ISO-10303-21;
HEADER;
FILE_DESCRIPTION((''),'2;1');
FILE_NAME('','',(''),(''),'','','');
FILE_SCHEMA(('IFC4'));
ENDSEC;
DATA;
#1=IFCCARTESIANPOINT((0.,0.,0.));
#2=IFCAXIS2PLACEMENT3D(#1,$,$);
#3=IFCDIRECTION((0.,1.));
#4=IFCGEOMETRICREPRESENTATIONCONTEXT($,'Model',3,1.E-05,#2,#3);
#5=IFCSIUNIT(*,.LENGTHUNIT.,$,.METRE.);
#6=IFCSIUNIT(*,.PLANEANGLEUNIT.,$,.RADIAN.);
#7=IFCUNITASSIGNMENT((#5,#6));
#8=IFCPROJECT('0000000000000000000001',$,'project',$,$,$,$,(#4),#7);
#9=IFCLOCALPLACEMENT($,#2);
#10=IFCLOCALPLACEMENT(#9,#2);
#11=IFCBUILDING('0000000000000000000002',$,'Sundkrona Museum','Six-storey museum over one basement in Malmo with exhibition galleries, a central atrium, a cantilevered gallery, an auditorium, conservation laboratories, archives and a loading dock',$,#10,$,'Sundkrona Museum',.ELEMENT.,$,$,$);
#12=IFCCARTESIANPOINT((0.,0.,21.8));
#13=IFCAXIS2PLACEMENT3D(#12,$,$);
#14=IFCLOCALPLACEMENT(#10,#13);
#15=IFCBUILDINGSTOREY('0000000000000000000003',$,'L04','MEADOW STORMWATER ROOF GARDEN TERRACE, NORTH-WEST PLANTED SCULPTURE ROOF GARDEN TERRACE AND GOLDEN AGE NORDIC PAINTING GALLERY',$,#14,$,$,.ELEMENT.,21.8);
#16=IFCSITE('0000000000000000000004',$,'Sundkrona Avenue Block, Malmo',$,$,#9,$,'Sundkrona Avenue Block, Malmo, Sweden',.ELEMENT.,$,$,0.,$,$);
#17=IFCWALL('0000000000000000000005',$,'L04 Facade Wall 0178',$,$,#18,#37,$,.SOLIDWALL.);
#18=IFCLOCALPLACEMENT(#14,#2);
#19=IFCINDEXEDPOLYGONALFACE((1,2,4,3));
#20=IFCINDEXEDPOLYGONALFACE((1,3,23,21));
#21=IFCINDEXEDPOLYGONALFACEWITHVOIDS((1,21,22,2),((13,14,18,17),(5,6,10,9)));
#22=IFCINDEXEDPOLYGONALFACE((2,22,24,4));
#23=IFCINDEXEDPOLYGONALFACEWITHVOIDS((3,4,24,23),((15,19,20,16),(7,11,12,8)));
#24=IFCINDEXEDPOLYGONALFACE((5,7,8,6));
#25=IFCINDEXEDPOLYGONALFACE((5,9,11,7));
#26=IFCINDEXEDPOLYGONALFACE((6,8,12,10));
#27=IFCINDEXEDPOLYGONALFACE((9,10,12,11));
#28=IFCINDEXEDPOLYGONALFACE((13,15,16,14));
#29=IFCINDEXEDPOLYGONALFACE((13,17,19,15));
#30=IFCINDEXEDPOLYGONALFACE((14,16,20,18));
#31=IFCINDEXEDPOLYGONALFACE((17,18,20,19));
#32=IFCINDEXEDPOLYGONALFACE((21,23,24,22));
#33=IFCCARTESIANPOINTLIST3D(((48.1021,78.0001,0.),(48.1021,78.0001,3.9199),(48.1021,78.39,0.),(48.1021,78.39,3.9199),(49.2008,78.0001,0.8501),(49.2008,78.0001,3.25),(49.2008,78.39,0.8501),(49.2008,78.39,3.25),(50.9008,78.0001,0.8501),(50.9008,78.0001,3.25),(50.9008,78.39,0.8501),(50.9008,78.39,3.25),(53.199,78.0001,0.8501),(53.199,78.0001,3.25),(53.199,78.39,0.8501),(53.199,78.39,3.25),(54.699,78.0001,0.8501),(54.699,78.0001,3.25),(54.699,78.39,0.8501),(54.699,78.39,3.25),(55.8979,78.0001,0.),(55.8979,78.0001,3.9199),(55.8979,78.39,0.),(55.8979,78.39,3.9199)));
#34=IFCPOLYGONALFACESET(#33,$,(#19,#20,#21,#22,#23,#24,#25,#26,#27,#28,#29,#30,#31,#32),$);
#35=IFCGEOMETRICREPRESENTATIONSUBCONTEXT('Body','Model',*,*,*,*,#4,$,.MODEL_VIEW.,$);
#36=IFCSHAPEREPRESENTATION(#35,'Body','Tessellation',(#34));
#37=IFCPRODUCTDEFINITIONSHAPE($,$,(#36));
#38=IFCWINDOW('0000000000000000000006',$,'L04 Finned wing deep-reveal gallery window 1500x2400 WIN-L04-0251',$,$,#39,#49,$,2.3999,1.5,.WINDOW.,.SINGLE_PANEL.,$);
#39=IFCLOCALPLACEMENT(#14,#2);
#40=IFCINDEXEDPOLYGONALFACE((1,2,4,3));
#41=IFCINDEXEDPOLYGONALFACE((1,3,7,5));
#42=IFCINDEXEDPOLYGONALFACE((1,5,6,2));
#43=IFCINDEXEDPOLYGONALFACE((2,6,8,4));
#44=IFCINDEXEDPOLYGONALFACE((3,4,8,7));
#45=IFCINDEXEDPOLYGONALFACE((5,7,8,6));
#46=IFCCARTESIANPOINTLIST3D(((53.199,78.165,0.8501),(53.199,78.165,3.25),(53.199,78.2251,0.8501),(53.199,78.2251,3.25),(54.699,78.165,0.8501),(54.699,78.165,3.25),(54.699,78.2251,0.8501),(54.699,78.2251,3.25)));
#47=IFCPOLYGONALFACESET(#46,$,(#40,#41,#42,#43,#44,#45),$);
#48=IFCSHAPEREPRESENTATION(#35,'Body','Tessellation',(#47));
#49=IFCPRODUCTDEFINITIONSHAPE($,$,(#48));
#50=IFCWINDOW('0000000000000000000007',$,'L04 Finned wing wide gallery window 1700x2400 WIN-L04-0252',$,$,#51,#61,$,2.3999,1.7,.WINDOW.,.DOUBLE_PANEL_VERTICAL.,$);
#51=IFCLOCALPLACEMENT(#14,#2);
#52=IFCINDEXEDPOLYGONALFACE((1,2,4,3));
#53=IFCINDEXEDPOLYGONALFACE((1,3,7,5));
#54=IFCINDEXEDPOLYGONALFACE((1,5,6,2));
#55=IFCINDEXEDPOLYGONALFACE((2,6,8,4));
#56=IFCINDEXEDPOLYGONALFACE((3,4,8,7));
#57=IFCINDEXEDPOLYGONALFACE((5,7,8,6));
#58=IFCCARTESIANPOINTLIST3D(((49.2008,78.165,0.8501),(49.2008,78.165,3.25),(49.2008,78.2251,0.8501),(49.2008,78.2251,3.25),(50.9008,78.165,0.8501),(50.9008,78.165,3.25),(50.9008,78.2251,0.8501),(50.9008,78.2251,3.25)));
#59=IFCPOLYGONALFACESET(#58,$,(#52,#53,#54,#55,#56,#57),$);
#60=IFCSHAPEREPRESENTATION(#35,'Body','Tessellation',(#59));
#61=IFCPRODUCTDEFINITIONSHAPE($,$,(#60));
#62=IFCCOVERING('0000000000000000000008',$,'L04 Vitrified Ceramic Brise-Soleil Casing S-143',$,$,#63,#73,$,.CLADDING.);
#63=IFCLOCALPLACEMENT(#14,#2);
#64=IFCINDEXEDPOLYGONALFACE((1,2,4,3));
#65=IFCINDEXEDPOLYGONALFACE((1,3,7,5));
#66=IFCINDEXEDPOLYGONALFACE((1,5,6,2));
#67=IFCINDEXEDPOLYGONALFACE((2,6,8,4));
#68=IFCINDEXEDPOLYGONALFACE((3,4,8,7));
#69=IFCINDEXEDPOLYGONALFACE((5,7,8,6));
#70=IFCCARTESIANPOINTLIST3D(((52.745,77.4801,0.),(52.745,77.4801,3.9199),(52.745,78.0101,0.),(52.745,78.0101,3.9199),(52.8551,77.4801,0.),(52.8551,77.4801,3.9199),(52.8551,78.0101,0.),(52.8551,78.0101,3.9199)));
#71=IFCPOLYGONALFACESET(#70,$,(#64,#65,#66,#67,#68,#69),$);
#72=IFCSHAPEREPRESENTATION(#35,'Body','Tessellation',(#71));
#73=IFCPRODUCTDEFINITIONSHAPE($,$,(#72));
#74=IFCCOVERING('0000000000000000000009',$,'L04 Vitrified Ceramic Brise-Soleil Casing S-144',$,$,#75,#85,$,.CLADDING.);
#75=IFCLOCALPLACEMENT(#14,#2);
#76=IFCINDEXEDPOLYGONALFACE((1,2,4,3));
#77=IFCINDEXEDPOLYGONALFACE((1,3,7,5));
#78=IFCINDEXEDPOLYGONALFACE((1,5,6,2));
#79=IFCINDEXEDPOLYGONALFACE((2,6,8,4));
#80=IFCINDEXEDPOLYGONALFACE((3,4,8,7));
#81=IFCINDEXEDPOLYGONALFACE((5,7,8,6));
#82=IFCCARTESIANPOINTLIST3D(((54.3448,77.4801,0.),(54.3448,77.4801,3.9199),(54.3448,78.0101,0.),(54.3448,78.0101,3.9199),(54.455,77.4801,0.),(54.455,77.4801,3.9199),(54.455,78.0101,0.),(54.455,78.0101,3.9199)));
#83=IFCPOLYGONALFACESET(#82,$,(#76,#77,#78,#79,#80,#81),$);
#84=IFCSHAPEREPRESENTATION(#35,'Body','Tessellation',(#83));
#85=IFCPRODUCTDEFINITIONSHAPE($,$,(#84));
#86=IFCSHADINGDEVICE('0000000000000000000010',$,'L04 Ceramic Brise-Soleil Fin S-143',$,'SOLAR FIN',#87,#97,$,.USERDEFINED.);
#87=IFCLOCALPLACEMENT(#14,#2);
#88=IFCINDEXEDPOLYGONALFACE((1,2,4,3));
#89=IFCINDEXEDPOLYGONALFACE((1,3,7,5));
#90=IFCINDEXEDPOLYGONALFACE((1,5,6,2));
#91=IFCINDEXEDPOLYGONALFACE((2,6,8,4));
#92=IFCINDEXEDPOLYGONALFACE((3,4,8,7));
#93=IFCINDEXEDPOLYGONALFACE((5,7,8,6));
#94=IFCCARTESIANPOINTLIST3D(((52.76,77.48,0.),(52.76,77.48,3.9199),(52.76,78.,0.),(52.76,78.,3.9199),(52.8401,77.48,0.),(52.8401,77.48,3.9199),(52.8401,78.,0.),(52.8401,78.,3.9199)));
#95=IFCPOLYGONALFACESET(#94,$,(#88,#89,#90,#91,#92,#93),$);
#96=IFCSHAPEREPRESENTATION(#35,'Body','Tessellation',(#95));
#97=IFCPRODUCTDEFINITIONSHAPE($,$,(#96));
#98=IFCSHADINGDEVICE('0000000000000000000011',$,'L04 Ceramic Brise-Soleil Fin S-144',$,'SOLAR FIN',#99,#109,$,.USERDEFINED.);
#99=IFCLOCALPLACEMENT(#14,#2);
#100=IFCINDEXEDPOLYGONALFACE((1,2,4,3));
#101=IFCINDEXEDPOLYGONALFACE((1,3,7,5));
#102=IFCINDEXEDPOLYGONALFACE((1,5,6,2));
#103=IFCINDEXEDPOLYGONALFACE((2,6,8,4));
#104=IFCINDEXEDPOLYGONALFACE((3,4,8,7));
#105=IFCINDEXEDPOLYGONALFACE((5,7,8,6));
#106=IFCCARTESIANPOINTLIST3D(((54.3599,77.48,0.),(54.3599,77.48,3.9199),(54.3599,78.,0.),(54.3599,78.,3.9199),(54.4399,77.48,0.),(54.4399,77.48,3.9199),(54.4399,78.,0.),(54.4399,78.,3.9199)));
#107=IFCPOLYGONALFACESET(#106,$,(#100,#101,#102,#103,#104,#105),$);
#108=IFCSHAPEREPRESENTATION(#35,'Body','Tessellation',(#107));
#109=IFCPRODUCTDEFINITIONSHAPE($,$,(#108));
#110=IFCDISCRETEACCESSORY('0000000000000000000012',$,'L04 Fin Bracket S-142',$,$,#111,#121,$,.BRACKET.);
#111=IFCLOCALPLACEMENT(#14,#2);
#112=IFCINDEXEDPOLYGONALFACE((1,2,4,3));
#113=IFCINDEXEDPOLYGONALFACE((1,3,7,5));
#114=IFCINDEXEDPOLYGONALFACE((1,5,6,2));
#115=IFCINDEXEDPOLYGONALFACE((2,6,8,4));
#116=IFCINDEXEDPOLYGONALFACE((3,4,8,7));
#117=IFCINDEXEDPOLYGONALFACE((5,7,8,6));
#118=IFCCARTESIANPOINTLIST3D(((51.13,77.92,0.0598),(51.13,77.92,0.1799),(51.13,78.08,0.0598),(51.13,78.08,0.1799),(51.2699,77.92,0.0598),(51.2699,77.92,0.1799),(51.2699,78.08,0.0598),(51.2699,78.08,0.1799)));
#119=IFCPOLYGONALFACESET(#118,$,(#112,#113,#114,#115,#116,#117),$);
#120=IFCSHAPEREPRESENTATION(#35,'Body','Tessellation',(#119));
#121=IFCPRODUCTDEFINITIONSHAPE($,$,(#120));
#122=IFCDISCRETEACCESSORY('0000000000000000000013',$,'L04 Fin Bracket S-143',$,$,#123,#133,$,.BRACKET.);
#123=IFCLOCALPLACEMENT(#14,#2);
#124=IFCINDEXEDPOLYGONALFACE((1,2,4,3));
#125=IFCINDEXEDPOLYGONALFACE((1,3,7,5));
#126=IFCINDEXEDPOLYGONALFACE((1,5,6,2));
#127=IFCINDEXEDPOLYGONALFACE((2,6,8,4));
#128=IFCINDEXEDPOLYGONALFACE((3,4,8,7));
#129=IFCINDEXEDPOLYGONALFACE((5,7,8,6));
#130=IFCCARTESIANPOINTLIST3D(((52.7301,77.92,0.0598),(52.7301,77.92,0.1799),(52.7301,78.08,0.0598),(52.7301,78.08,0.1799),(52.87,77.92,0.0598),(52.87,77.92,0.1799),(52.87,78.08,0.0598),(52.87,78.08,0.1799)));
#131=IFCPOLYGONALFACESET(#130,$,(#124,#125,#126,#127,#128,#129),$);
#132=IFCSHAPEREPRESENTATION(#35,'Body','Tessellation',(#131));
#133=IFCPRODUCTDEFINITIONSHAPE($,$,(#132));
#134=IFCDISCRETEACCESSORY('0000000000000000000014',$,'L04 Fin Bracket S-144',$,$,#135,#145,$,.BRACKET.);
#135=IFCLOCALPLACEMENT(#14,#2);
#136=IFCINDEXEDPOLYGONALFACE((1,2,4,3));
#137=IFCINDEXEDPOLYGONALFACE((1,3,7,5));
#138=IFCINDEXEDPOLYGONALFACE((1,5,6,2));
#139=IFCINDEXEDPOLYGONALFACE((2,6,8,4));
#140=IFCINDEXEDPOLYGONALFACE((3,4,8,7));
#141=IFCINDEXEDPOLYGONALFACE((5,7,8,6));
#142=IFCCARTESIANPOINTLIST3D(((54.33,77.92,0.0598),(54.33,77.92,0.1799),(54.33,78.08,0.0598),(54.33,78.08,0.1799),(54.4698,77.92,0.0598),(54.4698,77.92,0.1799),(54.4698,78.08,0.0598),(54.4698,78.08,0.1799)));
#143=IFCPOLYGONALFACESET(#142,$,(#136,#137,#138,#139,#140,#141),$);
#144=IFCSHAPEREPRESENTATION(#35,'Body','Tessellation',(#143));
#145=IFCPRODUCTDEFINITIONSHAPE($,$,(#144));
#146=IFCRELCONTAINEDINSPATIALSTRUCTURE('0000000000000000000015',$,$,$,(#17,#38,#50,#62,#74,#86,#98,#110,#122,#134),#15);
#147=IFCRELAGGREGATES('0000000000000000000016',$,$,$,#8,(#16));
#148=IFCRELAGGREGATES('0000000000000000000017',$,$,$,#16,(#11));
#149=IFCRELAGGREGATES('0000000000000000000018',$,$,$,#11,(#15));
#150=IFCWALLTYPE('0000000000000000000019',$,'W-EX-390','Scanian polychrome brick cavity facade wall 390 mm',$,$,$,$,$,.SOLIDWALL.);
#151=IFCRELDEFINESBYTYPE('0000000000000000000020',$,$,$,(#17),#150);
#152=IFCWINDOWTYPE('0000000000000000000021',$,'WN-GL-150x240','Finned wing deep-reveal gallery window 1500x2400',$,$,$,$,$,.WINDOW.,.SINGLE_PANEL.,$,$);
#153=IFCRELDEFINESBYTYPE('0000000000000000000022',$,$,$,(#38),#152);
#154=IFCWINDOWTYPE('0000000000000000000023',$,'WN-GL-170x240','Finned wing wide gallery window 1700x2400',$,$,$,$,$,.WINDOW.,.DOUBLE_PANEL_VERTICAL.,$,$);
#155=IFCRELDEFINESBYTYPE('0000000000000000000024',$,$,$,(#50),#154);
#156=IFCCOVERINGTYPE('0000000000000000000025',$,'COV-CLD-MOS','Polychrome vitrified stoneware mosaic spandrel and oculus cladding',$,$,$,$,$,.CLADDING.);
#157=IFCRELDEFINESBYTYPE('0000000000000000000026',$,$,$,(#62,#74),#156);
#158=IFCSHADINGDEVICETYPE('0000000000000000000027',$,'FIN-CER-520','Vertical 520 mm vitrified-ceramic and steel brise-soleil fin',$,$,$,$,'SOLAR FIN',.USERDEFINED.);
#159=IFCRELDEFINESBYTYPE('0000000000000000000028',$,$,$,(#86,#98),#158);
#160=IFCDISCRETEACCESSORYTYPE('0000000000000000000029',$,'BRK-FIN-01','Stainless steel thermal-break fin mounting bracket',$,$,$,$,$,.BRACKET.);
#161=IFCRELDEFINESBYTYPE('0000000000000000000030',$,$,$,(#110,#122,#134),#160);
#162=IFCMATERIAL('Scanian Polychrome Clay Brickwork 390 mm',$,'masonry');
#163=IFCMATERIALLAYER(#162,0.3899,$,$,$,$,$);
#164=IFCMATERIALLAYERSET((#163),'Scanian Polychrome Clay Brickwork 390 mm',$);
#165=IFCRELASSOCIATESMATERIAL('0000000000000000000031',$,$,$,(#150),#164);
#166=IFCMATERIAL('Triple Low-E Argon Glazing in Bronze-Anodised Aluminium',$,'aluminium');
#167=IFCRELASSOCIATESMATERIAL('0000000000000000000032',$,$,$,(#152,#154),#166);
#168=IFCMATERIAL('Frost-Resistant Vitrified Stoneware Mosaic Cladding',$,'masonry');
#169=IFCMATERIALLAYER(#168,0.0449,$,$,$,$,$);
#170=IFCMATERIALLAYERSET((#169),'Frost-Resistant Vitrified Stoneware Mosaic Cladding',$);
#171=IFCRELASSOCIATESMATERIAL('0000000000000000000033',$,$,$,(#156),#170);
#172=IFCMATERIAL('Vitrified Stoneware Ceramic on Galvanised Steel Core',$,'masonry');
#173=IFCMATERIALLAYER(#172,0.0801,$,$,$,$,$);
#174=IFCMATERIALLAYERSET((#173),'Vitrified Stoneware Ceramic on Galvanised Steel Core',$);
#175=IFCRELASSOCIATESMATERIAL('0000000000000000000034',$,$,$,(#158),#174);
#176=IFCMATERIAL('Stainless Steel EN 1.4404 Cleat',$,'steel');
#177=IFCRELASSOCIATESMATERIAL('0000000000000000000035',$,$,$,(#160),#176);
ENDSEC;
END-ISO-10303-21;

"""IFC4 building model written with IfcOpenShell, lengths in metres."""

from ifc_helpers import new_model, si_unit, direction, frame, frame_2d, origin, origin_2d, place, context, subcontext, project, spatial, rectangle, extrude, material, layer, layer_set, type_object, element, fill, save


model = new_model("IFC4")

# Units and contexts
model_context = context("Model", 3, precision=1e-05, world=origin(), true_north=direction((0.0, 1.0)))
body_context = subcontext(model_context, "Body", "Model", "MODEL_VIEW")
ifc_project = project(units=[si_unit("LENGTHUNIT", "METRE"), si_unit("PLANEANGLEUNIT", "RADIAN")], contexts=[model_context])

# Site, building, storey
site_placement = place(None, origin())
site = spatial("IfcSite", under=ifc_project, at=site_placement, Name="Sundkrona Avenue Block, Malmo", LongName="Sundkrona Avenue Block, Malmo, Sweden", CompositionType="ELEMENT", RefElevation=0.0)
building_placement = place(site_placement, origin())
building = spatial("IfcBuilding", under=site, at=building_placement, Name="Sundkrona Museum", Description="Six-storey museum over one basement in Malmo with exhibition galleries, a central atrium, a cantilevered gallery, an auditorium, conservation laboratories, archives and a loading dock", LongName="Sundkrona Museum", CompositionType="ELEMENT")
storey_placement = place(building_placement, frame((0.0, 0.0, 21.8)))
storey = spatial("IfcBuildingStorey", under=building, at=storey_placement, Name="L04", Description="MEADOW STORMWATER ROOF GARDEN TERRACE, NORTH-WEST PLANTED SCULPTURE ROOF GARDEN TERRACE AND GOLDEN AGE NORDIC PAINTING GALLERY", CompositionType="ELEMENT", Elevation=21.8)

# Wall, openings, windows
ifc_material_1 = material(Name="Scanian Polychrome Clay Brickwork 390 mm", Category="masonry")
ifc_layer_1 = layer(ifc_material_1, 0.3899)
ifc_layer_set_1 = layer_set([ifc_layer_1], Name="Scanian Polychrome Clay Brickwork 390 mm")
wall_type = type_object("IfcWallType", Name="W-EX-390", Description="Scanian polychrome brick cavity facade wall 390 mm", PredefinedType="SOLIDWALL", material=ifc_layer_set_1)
wall_placement = place(storey_placement, frame((55.8979, 78.1951, 0.0), z_axis=(0.0, 0.0, 1.0), x_axis=(-1.0, 0.0, 0.0)))
wall = element("IfcWall", 1, at=wall_placement, inside=storey, type_object=wall_type, Name="L04 Facade Wall 0178", PredefinedType="SOLIDWALL", context=body_context, shape_type="SweptSolid", body=[
    extrude(rectangle(XDim=7.7959, YDim=0.3899, at=frame_2d((3.8979, 0.0))), origin(), (0.0, 0.0, 1.0), 3.9199),
])
opening_1_placement = place(wall_placement, frame((1.199, 0.0, 0.8501)))
opening_1 = element("IfcOpeningElement", 2, at=opening_1_placement, cuts=wall, PredefinedType="OPENING", context=body_context, shape_type="SweptSolid", body=[
    extrude(rectangle(XDim=1.5, YDim=2.3999, at=frame_2d((0.75, 1.2))), frame((0.0, 0.2048, 0.0), z_axis=(0.0, -1.0, 0.0), x_axis=(1.0, 0.0, 0.0)), (0.0, 0.0, 1.0), 0.4099),
])
opening_2_placement = place(wall_placement, frame((4.9971, 0.0, 0.8501)))
opening_2 = element("IfcOpeningElement", 3, at=opening_2_placement, cuts=wall, PredefinedType="OPENING", context=body_context, shape_type="SweptSolid", body=[
    extrude(rectangle(XDim=1.7, YDim=2.3999, at=frame_2d((0.8501, 1.2))), frame((0.0, 0.2048, 0.0), z_axis=(0.0, -1.0, 0.0), x_axis=(1.0, 0.0, 0.0)), (0.0, 0.0, 1.0), 0.4099),
])
ifc_material_2 = material(Name="Triple Low-E Argon Glazing in Bronze-Anodised Aluminium", Category="aluminium")
window_type_1 = type_object("IfcWindowType", Name="WN-GL-150x240", Description="Finned wing deep-reveal gallery window 1500x2400", PartitioningType="SINGLE_PANEL", PredefinedType="WINDOW", material=ifc_material_2)
window_1_placement = place(opening_1_placement, origin())
window_1 = element("IfcWindow", 4, at=window_1_placement, inside=storey, type_object=window_type_1, Name="L04 Finned wing deep-reveal gallery window 1500x2400 WIN-L04-0251", OverallHeight=2.3999, OverallWidth=1.5, PartitioningType="SINGLE_PANEL", PredefinedType="WINDOW", context=body_context, shape_type="SweptSolid", body=[
    extrude(rectangle(XDim=1.5, YDim=2.3999, at=frame_2d((0.75, 1.2))), frame((0.0, 0.03, 0.0), z_axis=(0.0, -1.0, 0.0), x_axis=(1.0, 0.0, 0.0)), (0.0, 0.0, 1.0), 0.0601),
])
fill(opening_1, window_1)
window_type_2 = type_object("IfcWindowType", Name="WN-GL-170x240", Description="Finned wing wide gallery window 1700x2400", PartitioningType="DOUBLE_PANEL_VERTICAL", PredefinedType="WINDOW", material=ifc_material_2)
window_2_placement = place(opening_2_placement, origin())
window_2 = element("IfcWindow", 5, at=window_2_placement, inside=storey, type_object=window_type_2, Name="L04 Finned wing wide gallery window 1700x2400 WIN-L04-0252", OverallHeight=2.3999, OverallWidth=1.7, PartitioningType="DOUBLE_PANEL_VERTICAL", PredefinedType="WINDOW", context=body_context, shape_type="SweptSolid", body=[
    extrude(rectangle(XDim=1.7, YDim=2.3999, at=frame_2d((0.8501, 1.2))), frame((0.0, 0.03, 0.0), z_axis=(0.0, -1.0, 0.0), x_axis=(1.0, 0.0, 0.0)), (0.0, 0.0, 1.0), 0.0601),
])
fill(opening_2, window_2)

# Coverings
ifc_material_3 = material(Name="Frost-Resistant Vitrified Stoneware Mosaic Cladding", Category="masonry")
ifc_layer_2 = layer(ifc_material_3, 0.0449)
ifc_layer_set_2 = layer_set([ifc_layer_2], Name="Frost-Resistant Vitrified Stoneware Mosaic Cladding")
covering_type = type_object("IfcCoveringType", Name="COV-CLD-MOS", Description="Polychrome vitrified stoneware mosaic spandrel and oculus cladding", PredefinedType="CLADDING", material=ifc_layer_set_2)
for number, where, z_axis, x_axis, name in (
    (6, (52.8, 77.7451, 0.0), (0.0, 0.0, 1.0), (1.0, 0.0, 0.0), "L04 Vitrified Ceramic Brise-Soleil Casing S-143"),
    (7, (54.3999, 77.7451, 0.0), (0.0, 0.0, 1.0), (1.0, 0.0, 0.0), "L04 Vitrified Ceramic Brise-Soleil Casing S-144"),
):
    element("IfcCovering", number, at=place(storey_placement, frame(where, z_axis=z_axis, x_axis=x_axis)), inside=storey, type_object=covering_type, Name=name, PredefinedType="CLADDING", context=body_context, shape_type="SweptSolid", body=[
        extrude(rectangle(XDim=0.1101, YDim=0.53, at=origin_2d()), origin(), (0.0, 0.0, 1.0), 3.9199),
    ])

# Shading devices
ifc_material_4 = material(Name="Vitrified Stoneware Ceramic on Galvanised Steel Core", Category="masonry")
ifc_layer_3 = layer(ifc_material_4, 0.0801)
ifc_layer_set_3 = layer_set([ifc_layer_3], Name="Vitrified Stoneware Ceramic on Galvanised Steel Core")
shading_device_type = type_object("IfcShadingDeviceType", Name="FIN-CER-520", Description="Vertical 520 mm vitrified-ceramic and steel brise-soleil fin", ElementType="SOLAR FIN", PredefinedType="USERDEFINED", material=ifc_layer_set_3)
for number, where, z_axis, x_axis, name in (
    (8, (52.8, 77.74, 0.0), (0.0, 0.0, 1.0), (1.0, 0.0, 0.0), "L04 Ceramic Brise-Soleil Fin S-143"),
    (9, (54.3999, 77.74, 0.0), (0.0, 0.0, 1.0), (1.0, 0.0, 0.0), "L04 Ceramic Brise-Soleil Fin S-144"),
):
    element("IfcShadingDevice", number, at=place(storey_placement, frame(where, z_axis=z_axis, x_axis=x_axis)), inside=storey, type_object=shading_device_type, Name=name, ObjectType="SOLAR FIN", PredefinedType="USERDEFINED", context=body_context, shape_type="SweptSolid", body=[
        extrude(rectangle(XDim=0.0801, YDim=0.52, at=origin_2d()), origin(), (0.0, 0.0, 1.0), 3.9199),
    ])

# Discrete accessories
ifc_material_5 = material(Name="Stainless Steel EN 1.4404 Cleat", Category="steel")
discrete_accessory_type = type_object("IfcDiscreteAccessoryType", Name="BRK-FIN-01", Description="Stainless steel thermal-break fin mounting bracket", PredefinedType="BRACKET", material=ifc_material_5)
for number, where, z_axis, x_axis, name in (
    (10, (51.2, 78.0, 0.0598), (0.0, 0.0, 1.0), (1.0, 0.0, 0.0), "L04 Fin Bracket S-142"),
    (11, (52.8, 78.0, 0.0598), (0.0, 0.0, 1.0), (1.0, 0.0, 0.0), "L04 Fin Bracket S-143"),
    (12, (54.3999, 78.0, 0.0598), (0.0, 0.0, 1.0), (1.0, 0.0, 0.0), "L04 Fin Bracket S-144"),
):
    element("IfcDiscreteAccessory", number, at=place(storey_placement, frame(where, z_axis=z_axis, x_axis=x_axis)), inside=storey, type_object=discrete_accessory_type, Name=name, PredefinedType="BRACKET", context=body_context, shape_type="SweptSolid", body=[
        extrude(rectangle(XDim=0.1399, YDim=0.1599, at=origin_2d()), origin(), (0.0, 0.0, 1.0), 0.1201),
    ])

save(model, "model.ifc")
